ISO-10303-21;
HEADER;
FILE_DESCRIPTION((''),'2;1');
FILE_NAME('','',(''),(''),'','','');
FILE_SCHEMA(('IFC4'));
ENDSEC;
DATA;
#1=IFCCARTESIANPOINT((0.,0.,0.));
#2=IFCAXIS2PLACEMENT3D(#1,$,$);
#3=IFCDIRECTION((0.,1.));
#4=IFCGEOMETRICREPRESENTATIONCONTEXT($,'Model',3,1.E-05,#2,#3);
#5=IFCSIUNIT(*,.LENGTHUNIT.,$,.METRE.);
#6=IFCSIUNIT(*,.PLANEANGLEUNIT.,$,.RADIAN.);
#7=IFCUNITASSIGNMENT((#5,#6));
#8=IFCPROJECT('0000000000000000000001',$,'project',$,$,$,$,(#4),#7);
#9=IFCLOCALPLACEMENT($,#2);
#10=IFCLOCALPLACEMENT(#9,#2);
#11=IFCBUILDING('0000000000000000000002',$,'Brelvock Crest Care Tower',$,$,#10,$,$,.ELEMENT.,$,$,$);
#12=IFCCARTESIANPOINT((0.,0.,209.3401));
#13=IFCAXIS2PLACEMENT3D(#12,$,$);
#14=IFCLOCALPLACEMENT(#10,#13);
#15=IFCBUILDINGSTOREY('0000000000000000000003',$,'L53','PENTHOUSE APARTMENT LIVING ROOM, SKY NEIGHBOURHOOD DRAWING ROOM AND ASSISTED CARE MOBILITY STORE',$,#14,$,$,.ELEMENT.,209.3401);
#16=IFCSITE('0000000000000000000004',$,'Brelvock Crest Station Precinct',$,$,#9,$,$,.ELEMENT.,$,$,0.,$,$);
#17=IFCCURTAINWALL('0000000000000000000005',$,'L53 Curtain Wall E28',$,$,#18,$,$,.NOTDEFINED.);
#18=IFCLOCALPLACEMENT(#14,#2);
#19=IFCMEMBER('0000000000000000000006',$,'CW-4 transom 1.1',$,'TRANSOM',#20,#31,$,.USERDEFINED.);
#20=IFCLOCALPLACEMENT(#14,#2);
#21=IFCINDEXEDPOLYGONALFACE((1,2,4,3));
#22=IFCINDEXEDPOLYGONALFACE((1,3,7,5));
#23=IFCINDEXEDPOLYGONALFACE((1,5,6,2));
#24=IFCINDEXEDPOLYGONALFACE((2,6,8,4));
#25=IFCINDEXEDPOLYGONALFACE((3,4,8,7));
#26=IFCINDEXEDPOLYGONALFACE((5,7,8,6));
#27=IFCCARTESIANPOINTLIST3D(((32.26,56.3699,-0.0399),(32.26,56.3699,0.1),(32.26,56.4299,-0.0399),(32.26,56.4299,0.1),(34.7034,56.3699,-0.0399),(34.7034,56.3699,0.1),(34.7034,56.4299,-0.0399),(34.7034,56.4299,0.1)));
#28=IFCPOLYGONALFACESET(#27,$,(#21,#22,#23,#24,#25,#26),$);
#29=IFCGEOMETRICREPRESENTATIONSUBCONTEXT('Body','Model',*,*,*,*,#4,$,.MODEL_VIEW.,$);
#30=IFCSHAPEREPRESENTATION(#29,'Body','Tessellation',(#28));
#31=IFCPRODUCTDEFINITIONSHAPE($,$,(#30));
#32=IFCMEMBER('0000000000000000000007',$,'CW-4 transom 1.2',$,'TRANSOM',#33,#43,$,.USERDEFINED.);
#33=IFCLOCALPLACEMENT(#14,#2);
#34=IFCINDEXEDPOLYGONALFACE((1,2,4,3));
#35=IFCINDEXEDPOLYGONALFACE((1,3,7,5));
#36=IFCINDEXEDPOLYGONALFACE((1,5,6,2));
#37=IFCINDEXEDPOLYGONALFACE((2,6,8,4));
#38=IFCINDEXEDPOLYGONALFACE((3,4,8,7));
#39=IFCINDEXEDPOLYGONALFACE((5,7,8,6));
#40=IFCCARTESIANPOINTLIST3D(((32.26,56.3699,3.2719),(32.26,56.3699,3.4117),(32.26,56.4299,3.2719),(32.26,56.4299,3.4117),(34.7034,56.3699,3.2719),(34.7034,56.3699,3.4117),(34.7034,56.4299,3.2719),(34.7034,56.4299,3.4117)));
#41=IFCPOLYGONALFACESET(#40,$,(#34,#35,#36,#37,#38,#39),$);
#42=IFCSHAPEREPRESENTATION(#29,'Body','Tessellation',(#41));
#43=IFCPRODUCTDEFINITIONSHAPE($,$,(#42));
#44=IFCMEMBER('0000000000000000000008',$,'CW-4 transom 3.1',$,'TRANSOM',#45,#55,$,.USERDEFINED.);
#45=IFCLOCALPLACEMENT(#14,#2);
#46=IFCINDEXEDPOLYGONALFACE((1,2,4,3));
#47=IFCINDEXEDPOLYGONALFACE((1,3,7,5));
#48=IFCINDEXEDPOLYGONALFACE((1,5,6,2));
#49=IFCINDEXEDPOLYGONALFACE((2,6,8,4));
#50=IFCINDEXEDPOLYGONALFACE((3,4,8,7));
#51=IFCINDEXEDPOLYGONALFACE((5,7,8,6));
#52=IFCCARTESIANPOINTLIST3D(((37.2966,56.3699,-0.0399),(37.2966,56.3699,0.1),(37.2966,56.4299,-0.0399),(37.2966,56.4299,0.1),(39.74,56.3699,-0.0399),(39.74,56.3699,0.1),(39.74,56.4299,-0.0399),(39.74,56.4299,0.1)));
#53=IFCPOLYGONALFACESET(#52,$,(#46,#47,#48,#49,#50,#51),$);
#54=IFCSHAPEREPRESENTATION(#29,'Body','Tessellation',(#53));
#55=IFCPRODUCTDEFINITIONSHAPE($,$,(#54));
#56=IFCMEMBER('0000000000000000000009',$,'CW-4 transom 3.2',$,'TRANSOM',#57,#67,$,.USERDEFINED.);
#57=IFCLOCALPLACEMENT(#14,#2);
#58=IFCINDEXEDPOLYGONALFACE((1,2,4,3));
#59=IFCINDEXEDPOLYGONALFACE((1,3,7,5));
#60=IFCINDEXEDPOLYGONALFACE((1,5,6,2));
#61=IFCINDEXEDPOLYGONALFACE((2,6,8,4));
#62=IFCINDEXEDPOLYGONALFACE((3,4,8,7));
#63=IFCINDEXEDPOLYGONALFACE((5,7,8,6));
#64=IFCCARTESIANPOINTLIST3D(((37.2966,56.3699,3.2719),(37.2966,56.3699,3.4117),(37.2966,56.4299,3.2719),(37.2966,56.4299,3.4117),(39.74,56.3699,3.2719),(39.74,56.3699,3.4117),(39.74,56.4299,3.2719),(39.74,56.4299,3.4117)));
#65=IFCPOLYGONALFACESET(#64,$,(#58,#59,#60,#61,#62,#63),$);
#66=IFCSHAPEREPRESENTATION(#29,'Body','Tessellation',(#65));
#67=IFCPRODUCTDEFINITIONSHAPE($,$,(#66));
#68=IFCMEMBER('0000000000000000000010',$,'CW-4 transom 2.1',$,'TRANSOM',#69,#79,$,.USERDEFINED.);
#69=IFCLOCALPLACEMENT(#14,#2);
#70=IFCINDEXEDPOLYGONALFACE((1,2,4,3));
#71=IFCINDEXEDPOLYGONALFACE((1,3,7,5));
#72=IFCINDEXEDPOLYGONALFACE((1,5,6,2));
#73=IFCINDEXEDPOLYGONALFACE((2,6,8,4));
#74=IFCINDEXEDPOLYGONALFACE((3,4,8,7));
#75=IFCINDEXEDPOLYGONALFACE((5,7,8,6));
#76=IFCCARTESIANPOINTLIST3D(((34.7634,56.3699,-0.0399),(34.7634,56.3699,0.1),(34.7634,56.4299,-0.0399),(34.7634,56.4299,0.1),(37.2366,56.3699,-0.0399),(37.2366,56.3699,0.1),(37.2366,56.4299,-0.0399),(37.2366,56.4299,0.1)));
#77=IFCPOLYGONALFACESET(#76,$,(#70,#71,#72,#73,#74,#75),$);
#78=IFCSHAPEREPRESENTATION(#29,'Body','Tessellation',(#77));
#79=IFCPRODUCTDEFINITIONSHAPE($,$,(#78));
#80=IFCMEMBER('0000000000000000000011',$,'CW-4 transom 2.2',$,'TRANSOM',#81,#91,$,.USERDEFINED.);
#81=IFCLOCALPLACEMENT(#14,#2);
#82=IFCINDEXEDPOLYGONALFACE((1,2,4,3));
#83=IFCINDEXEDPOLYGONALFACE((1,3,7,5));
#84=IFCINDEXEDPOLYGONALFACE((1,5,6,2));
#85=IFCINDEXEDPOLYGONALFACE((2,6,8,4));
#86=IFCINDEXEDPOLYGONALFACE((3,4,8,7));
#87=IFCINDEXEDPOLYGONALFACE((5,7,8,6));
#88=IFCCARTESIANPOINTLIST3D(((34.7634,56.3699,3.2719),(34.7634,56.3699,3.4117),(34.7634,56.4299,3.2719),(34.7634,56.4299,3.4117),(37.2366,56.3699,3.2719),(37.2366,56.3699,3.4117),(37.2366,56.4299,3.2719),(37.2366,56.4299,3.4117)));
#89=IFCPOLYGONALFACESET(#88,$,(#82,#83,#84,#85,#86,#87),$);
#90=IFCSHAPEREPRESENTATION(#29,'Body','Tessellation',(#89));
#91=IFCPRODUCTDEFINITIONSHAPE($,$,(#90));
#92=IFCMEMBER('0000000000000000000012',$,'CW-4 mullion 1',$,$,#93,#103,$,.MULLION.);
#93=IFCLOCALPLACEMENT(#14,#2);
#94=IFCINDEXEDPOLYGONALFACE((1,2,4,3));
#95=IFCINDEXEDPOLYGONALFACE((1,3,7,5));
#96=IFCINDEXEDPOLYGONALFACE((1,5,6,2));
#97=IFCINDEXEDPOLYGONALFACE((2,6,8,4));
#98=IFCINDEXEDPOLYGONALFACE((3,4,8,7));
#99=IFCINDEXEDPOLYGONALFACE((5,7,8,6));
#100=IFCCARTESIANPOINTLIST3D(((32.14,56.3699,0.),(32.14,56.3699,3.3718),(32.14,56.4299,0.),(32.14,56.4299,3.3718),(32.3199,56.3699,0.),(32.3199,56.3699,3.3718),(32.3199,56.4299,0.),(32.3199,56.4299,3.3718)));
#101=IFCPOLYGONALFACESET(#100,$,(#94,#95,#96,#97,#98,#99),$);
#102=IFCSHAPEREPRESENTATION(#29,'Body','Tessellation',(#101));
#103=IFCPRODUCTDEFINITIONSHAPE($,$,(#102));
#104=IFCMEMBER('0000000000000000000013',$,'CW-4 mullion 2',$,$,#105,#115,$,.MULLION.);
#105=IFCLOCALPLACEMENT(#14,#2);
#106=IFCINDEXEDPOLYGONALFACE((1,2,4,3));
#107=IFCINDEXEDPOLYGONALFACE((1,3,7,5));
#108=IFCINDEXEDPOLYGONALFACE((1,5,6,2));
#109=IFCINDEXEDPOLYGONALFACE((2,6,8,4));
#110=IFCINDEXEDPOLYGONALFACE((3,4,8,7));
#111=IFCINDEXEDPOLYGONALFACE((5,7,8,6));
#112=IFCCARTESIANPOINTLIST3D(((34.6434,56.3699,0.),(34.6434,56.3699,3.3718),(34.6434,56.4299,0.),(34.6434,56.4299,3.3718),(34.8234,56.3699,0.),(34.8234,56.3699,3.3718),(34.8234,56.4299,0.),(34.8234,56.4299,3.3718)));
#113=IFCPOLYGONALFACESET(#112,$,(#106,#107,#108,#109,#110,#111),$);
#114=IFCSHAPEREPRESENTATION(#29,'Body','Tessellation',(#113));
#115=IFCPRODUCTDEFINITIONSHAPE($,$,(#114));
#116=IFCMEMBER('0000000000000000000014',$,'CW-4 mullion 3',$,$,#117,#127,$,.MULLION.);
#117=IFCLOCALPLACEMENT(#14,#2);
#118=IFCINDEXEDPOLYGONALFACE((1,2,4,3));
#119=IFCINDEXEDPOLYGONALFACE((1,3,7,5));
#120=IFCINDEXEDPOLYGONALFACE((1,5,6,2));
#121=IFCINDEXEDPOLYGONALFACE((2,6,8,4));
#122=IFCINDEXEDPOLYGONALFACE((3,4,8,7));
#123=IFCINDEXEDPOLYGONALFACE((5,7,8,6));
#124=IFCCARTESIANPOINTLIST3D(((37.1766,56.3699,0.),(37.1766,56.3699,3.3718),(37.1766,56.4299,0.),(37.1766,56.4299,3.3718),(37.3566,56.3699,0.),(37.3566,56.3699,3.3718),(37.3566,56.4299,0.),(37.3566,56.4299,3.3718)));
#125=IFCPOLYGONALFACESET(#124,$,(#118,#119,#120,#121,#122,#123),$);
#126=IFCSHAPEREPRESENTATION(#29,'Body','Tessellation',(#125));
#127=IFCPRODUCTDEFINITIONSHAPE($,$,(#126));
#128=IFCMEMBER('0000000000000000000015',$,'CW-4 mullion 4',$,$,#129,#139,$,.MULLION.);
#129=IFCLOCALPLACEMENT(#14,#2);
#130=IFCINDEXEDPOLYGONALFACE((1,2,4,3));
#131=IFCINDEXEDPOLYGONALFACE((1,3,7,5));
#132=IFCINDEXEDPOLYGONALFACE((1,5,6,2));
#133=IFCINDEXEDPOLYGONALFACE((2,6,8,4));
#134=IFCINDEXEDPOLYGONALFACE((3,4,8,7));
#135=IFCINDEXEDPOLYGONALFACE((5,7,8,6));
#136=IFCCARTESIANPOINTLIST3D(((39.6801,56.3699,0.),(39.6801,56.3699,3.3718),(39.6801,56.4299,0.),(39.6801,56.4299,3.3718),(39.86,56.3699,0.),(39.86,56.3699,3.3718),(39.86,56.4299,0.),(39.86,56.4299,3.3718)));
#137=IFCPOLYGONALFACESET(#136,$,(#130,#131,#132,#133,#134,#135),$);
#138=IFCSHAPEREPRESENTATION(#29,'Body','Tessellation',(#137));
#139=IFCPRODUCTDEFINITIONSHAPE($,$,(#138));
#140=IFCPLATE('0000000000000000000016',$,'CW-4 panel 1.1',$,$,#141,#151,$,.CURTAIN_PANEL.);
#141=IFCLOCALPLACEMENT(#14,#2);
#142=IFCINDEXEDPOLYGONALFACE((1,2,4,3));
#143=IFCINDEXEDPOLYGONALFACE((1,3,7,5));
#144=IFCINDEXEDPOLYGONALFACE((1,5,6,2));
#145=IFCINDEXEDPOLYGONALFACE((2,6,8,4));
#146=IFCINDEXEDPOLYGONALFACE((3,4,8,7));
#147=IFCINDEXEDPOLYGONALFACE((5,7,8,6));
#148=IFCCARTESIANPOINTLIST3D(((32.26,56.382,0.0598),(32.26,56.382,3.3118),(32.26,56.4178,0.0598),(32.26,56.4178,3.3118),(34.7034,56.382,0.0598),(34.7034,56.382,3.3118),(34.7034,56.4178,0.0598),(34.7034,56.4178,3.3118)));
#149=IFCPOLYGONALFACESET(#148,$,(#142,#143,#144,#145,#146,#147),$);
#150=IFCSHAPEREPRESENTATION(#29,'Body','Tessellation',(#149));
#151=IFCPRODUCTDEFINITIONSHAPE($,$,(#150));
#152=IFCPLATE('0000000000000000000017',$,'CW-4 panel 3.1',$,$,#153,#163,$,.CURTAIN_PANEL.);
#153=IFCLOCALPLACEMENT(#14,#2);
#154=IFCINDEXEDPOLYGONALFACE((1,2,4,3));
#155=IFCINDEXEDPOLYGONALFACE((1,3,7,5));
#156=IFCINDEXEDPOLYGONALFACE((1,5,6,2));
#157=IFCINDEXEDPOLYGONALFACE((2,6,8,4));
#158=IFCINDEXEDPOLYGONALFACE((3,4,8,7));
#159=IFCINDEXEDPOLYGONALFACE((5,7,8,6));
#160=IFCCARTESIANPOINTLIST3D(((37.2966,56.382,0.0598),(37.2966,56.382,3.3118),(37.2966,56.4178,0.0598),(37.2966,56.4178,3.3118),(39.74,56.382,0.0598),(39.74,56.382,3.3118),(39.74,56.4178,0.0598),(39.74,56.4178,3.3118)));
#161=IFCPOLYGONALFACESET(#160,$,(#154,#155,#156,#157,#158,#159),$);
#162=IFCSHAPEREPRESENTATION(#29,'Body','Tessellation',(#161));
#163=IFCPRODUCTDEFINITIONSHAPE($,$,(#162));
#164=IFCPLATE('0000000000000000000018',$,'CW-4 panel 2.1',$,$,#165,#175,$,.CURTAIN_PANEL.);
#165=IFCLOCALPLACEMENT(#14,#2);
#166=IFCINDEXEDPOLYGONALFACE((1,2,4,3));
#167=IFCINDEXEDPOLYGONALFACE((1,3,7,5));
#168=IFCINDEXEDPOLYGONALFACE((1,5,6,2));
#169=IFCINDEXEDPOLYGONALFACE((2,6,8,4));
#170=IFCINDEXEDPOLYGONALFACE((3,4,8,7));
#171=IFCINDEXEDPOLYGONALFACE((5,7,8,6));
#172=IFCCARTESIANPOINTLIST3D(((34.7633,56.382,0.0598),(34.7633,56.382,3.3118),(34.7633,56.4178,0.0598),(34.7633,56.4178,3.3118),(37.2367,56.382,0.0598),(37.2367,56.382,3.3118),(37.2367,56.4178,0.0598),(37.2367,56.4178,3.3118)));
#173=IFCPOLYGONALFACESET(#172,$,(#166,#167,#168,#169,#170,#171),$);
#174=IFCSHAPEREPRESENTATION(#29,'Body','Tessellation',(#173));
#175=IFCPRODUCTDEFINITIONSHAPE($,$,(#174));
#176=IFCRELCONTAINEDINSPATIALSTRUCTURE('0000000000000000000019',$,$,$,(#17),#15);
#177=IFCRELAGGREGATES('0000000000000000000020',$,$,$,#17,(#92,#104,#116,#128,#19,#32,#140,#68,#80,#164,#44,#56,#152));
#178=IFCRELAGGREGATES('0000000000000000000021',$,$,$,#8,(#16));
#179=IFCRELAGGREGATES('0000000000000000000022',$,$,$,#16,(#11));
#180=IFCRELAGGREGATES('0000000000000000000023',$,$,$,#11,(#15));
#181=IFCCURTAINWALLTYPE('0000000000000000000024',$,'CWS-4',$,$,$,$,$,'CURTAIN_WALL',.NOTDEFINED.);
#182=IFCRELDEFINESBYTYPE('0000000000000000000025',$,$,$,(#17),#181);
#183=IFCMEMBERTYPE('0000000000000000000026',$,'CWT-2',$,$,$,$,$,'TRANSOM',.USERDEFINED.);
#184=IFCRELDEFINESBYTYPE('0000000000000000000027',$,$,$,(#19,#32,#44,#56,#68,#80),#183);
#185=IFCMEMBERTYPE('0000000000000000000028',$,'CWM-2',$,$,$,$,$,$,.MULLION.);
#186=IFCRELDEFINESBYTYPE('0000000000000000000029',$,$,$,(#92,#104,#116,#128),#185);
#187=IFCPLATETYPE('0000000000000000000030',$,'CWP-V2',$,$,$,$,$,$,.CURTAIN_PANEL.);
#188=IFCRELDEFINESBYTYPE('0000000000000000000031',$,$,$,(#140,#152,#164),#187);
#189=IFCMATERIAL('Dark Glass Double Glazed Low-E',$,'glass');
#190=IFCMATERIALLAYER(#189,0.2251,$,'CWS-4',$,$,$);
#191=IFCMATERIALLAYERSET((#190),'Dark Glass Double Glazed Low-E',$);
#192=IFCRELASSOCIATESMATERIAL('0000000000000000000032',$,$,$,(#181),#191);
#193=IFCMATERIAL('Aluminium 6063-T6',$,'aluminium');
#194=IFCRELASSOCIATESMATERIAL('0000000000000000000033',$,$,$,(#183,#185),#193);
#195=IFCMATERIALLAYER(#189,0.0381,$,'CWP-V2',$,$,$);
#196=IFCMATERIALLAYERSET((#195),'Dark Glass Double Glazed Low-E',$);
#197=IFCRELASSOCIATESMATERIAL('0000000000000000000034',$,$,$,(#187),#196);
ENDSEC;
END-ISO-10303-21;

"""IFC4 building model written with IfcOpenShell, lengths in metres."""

from ifc_helpers import new_model, si_unit, direction, frame, origin, origin_2d, place, context, subcontext, project, spatial, rectangle, extrude, source, transform, mapped, material, layer, layer_set, material_profile, profile_set, type_object, element, aggregate, save


model = new_model("IFC4")

# Units and contexts
model_context = context("Model", 3, precision=1e-05, world=origin(), true_north=direction((0.0, 1.0)))
body_context = subcontext(model_context, "Body", "Model", "MODEL_VIEW")
ifc_project = project(units=[si_unit("LENGTHUNIT", "METRE"), si_unit("PLANEANGLEUNIT", "RADIAN")], contexts=[model_context])

# Site, building, storey
site_placement = place(None, origin())
site = spatial("IfcSite", under=ifc_project, at=site_placement, Name="Brelvock Crest Station Precinct", CompositionType="ELEMENT", RefElevation=0.0)
building_placement = place(site_placement, origin())
building = spatial("IfcBuilding", under=site, at=building_placement, Name="Brelvock Crest Care Tower", CompositionType="ELEMENT")
storey_placement = place(building_placement, frame((0.0, 0.0, 209.3401)))
storey = spatial("IfcBuildingStorey", under=building, at=storey_placement, Name="L53", Description="PENTHOUSE APARTMENT LIVING ROOM, SKY NEIGHBOURHOOD DRAWING ROOM AND ASSISTED CARE MOBILITY STORE", CompositionType="ELEMENT", Elevation=209.3401)

# Curtain wall, members, plates
ifc_material_1 = material(Name="Dark Glass Double Glazed Low-E", Category="glass")
ifc_layer_1 = layer(ifc_material_1, 0.2251, Name="CWS-4")
ifc_layer_set_1 = layer_set([ifc_layer_1], Name="Dark Glass Double Glazed Low-E")
curtain_wall_type = type_object("IfcCurtainWallType", Name="CWS-4", ElementType="CURTAIN_WALL", PredefinedType="NOTDEFINED", material=ifc_layer_set_1)
curtain_wall_placement = place(storey_placement, origin())
curtain_wall = element("IfcCurtainWall", 1, at=curtain_wall_placement, inside=storey, type_object=curtain_wall_type, Name="L53 Curtain Wall E28", PredefinedType="NOTDEFINED")
ifc_material_2 = material(Name="Aluminium 6063-T6", Category="aluminium")
ifc_material_profile_1 = material_profile(ifc_material_2, rectangle(XDim=0.0601, YDim=0.1399, at=origin_2d()), Name="ALU60x140")
ifc_profile_set_1 = profile_set([ifc_material_profile_1], Name="Aluminium 6063-T6")
member_type_1 = type_object("IfcMemberType", Name="CWT-2", ElementType="TRANSOM", PredefinedType="USERDEFINED", material=ifc_profile_set_1)
shared_shape_1 = source(origin(), body_context, "Body", "SweptSolid", [
    extrude(rectangle(XDim=0.0601, YDim=0.1399, at=origin_2d()), origin(), (0.0, 0.0, 1.0), 2.4434),
])
member_1_placement = place(storey_placement, frame((32.26, 56.3999, 0.03), z_axis=(1.0, 0.0, 0.0), x_axis=(0.0, 1.0, 0.0)))
member_1 = element("IfcMember", 2, at=member_1_placement, type_object=member_type_1, Name="CW-4 transom 1.1", ObjectType="TRANSOM", PredefinedType="USERDEFINED", context=body_context, shape_type="MappedRepresentation", body=[
    mapped(shared_shape_1, transform((0.0, 0.0, 0.0), x_axis=(1.0, 0.0, 0.0), y_axis=(0.0, 1.0, 0.0), z_axis=(0.0, 0.0, 1.0), scale=1.0)),
])
member_2_placement = place(storey_placement, frame((32.26, 56.3999, 3.3418), z_axis=(1.0, 0.0, 0.0), x_axis=(0.0, 1.0, 0.0)))
member_2 = element("IfcMember", 3, at=member_2_placement, type_object=member_type_1, Name="CW-4 transom 1.2", ObjectType="TRANSOM", PredefinedType="USERDEFINED", context=body_context, shape_type="MappedRepresentation", body=[
    mapped(shared_shape_1, transform((0.0, 0.0, 0.0), x_axis=(1.0, 0.0, 0.0), y_axis=(0.0, 1.0, 0.0), z_axis=(0.0, 0.0, 1.0), scale=1.0)),
])
member_3_placement = place(storey_placement, frame((37.2966, 56.3999, 0.03), z_axis=(1.0, 0.0, 0.0), x_axis=(0.0, 1.0, 0.0)))
member_3 = element("IfcMember", 4, at=member_3_placement, type_object=member_type_1, Name="CW-4 transom 3.1", ObjectType="TRANSOM", PredefinedType="USERDEFINED", context=body_context, shape_type="MappedRepresentation", body=[
    mapped(shared_shape_1, transform((0.0, 0.0, 0.0), x_axis=(1.0, 0.0, 0.0), y_axis=(0.0, 1.0, 0.0), z_axis=(0.0, 0.0, 1.0), scale=1.0)),
])
member_4_placement = place(storey_placement, frame((37.2966, 56.3999, 3.3418), z_axis=(1.0, 0.0, 0.0), x_axis=(0.0, 1.0, 0.0)))
member_4 = element("IfcMember", 5, at=member_4_placement, type_object=member_type_1, Name="CW-4 transom 3.2", ObjectType="TRANSOM", PredefinedType="USERDEFINED", context=body_context, shape_type="MappedRepresentation", body=[
    mapped(shared_shape_1, transform((0.0, 0.0, 0.0), x_axis=(1.0, 0.0, 0.0), y_axis=(0.0, 1.0, 0.0), z_axis=(0.0, 0.0, 1.0), scale=1.0)),
])
shared_shape_2 = source(origin(), body_context, "Body", "SweptSolid", [
    extrude(rectangle(XDim=0.0601, YDim=0.1399, at=origin_2d()), origin(), (0.0, 0.0, 1.0), 2.4731),
])
member_5_placement = place(storey_placement, frame((34.7634, 56.3999, 0.03), z_axis=(1.0, 0.0, 0.0), x_axis=(0.0, 1.0, 0.0)))
member_5 = element("IfcMember", 6, at=member_5_placement, type_object=member_type_1, Name="CW-4 transom 2.1", ObjectType="TRANSOM", PredefinedType="USERDEFINED", context=body_context, shape_type="MappedRepresentation", body=[
    mapped(shared_shape_2, transform((0.0, 0.0, 0.0), x_axis=(1.0, 0.0, 0.0), y_axis=(0.0, 1.0, 0.0), z_axis=(0.0, 0.0, 1.0), scale=1.0)),
])
member_6_placement = place(storey_placement, frame((34.7634, 56.3999, 3.3418), z_axis=(1.0, 0.0, 0.0), x_axis=(0.0, 1.0, 0.0)))
member_6 = element("IfcMember", 7, at=member_6_placement, type_object=member_type_1, Name="CW-4 transom 2.2", ObjectType="TRANSOM", PredefinedType="USERDEFINED", context=body_context, shape_type="MappedRepresentation", body=[
    mapped(shared_shape_2, transform((0.0, 0.0, 0.0), x_axis=(1.0, 0.0, 0.0), y_axis=(0.0, 1.0, 0.0), z_axis=(0.0, 0.0, 1.0), scale=1.0)),
])
ifc_material_profile_2 = material_profile(ifc_material_2, rectangle(XDim=0.0601, YDim=0.1799, at=origin_2d()), Name="ALU60x180")
ifc_profile_set_2 = profile_set([ifc_material_profile_2], Name="Aluminium 6063-T6")
member_type_2 = type_object("IfcMemberType", Name="CWM-2", PredefinedType="MULLION", material=ifc_profile_set_2)
shared_shape_3 = source(origin(), body_context, "Body", "SweptSolid", [
    extrude(rectangle(XDim=0.0601, YDim=0.1799, at=origin_2d()), origin(), (0.0, 0.0, 1.0), 3.3718),
])
member_7_placement = place(storey_placement, frame((32.23, 56.3999, 0.0), z_axis=(0.0, 0.0, 1.0), x_axis=(0.0, 1.0, 0.0)))
member_7 = element("IfcMember", 8, at=member_7_placement, type_object=member_type_2, Name="CW-4 mullion 1", PredefinedType="MULLION", context=body_context, shape_type="MappedRepresentation", body=[
    mapped(shared_shape_3, transform((0.0, 0.0, 0.0), x_axis=(1.0, 0.0, 0.0), y_axis=(0.0, 1.0, 0.0), z_axis=(0.0, 0.0, 1.0), scale=1.0)),
])
member_8_placement = place(storey_placement, frame((34.7334, 56.3999, 0.0), z_axis=(0.0, 0.0, 1.0), x_axis=(0.0, 1.0, 0.0)))
member_8 = element("IfcMember", 9, at=member_8_placement, type_object=member_type_2, Name="CW-4 mullion 2", PredefinedType="MULLION", context=body_context, shape_type="MappedRepresentation", body=[
    mapped(shared_shape_3, transform((0.0, 0.0, 0.0), x_axis=(1.0, 0.0, 0.0), y_axis=(0.0, 1.0, 0.0), z_axis=(0.0, 0.0, 1.0), scale=1.0)),
])
member_9_placement = place(storey_placement, frame((37.2666, 56.3999, 0.0), z_axis=(0.0, 0.0, 1.0), x_axis=(0.0, 1.0, 0.0)))
member_9 = element("IfcMember", 10, at=member_9_placement, type_object=member_type_2, Name="CW-4 mullion 3", PredefinedType="MULLION", context=body_context, shape_type="MappedRepresentation", body=[
    mapped(shared_shape_3, transform((0.0, 0.0, 0.0), x_axis=(1.0, 0.0, 0.0), y_axis=(0.0, 1.0, 0.0), z_axis=(0.0, 0.0, 1.0), scale=1.0)),
])
member_10_placement = place(storey_placement, frame((39.77, 56.3999, 0.0), z_axis=(0.0, 0.0, 1.0), x_axis=(0.0, 1.0, 0.0)))
member_10 = element("IfcMember", 11, at=member_10_placement, type_object=member_type_2, Name="CW-4 mullion 4", PredefinedType="MULLION", context=body_context, shape_type="MappedRepresentation", body=[
    mapped(shared_shape_3, transform((0.0, 0.0, 0.0), x_axis=(1.0, 0.0, 0.0), y_axis=(0.0, 1.0, 0.0), z_axis=(0.0, 0.0, 1.0), scale=1.0)),
])
ifc_layer_2 = layer(ifc_material_1, 0.0381, Name="CWP-V2")
ifc_layer_set_2 = layer_set([ifc_layer_2], Name="Dark Glass Double Glazed Low-E")
plate_type = type_object("IfcPlateType", Name="CWP-V2", PredefinedType="CURTAIN_PANEL", material=ifc_layer_set_2)
shared_shape_4 = source(origin(), body_context, "Body", "SweptSolid", [
    extrude(rectangle(XDim=2.4434, YDim=0.0359, at=origin_2d()), origin(), (0.0, 0.0, 1.0), 3.252),
])
plate_1_placement = place(storey_placement, frame((33.4817, 56.3999, 0.0598), z_axis=(0.0, 0.0, 1.0), x_axis=(1.0, 0.0, 0.0)))
plate_1 = element("IfcPlate", 12, at=plate_1_placement, type_object=plate_type, Name="CW-4 panel 1.1", PredefinedType="CURTAIN_PANEL", context=body_context, shape_type="MappedRepresentation", body=[
    mapped(shared_shape_4, transform((0.0, 0.0, 0.0), x_axis=(1.0, 0.0, 0.0), y_axis=(0.0, 1.0, 0.0), z_axis=(0.0, 0.0, 1.0), scale=1.0)),
])
plate_2_placement = place(storey_placement, frame((38.5183, 56.3999, 0.0598), z_axis=(0.0, 0.0, 1.0), x_axis=(1.0, 0.0, 0.0)))
plate_2 = element("IfcPlate", 13, at=plate_2_placement, type_object=plate_type, Name="CW-4 panel 3.1", PredefinedType="CURTAIN_PANEL", context=body_context, shape_type="MappedRepresentation", body=[
    mapped(shared_shape_4, transform((0.0, 0.0, 0.0), x_axis=(1.0, 0.0, 0.0), y_axis=(0.0, 1.0, 0.0), z_axis=(0.0, 0.0, 1.0), scale=1.0)),
])
shared_shape_5 = source(origin(), body_context, "Body", "SweptSolid", [
    extrude(rectangle(XDim=2.4734, YDim=0.0359, at=origin_2d()), origin(), (0.0, 0.0, 1.0), 3.252),
])
plate_3_placement = place(storey_placement, frame((36.0, 56.3999, 0.0598), z_axis=(0.0, 0.0, 1.0), x_axis=(1.0, 0.0, 0.0)))
plate_3 = element("IfcPlate", 14, at=plate_3_placement, type_object=plate_type, Name="CW-4 panel 2.1", PredefinedType="CURTAIN_PANEL", context=body_context, shape_type="MappedRepresentation", body=[
    mapped(shared_shape_5, transform((0.0, 0.0, 0.0), x_axis=(1.0, 0.0, 0.0), y_axis=(0.0, 1.0, 0.0), z_axis=(0.0, 0.0, 1.0), scale=1.0)),
])
aggregate(curtain_wall, [member_7, member_8, member_9, member_10, member_1, member_2, plate_1, member_5, member_6, plate_3, member_3, member_4, plate_2])

save(model, "model.ifc")
